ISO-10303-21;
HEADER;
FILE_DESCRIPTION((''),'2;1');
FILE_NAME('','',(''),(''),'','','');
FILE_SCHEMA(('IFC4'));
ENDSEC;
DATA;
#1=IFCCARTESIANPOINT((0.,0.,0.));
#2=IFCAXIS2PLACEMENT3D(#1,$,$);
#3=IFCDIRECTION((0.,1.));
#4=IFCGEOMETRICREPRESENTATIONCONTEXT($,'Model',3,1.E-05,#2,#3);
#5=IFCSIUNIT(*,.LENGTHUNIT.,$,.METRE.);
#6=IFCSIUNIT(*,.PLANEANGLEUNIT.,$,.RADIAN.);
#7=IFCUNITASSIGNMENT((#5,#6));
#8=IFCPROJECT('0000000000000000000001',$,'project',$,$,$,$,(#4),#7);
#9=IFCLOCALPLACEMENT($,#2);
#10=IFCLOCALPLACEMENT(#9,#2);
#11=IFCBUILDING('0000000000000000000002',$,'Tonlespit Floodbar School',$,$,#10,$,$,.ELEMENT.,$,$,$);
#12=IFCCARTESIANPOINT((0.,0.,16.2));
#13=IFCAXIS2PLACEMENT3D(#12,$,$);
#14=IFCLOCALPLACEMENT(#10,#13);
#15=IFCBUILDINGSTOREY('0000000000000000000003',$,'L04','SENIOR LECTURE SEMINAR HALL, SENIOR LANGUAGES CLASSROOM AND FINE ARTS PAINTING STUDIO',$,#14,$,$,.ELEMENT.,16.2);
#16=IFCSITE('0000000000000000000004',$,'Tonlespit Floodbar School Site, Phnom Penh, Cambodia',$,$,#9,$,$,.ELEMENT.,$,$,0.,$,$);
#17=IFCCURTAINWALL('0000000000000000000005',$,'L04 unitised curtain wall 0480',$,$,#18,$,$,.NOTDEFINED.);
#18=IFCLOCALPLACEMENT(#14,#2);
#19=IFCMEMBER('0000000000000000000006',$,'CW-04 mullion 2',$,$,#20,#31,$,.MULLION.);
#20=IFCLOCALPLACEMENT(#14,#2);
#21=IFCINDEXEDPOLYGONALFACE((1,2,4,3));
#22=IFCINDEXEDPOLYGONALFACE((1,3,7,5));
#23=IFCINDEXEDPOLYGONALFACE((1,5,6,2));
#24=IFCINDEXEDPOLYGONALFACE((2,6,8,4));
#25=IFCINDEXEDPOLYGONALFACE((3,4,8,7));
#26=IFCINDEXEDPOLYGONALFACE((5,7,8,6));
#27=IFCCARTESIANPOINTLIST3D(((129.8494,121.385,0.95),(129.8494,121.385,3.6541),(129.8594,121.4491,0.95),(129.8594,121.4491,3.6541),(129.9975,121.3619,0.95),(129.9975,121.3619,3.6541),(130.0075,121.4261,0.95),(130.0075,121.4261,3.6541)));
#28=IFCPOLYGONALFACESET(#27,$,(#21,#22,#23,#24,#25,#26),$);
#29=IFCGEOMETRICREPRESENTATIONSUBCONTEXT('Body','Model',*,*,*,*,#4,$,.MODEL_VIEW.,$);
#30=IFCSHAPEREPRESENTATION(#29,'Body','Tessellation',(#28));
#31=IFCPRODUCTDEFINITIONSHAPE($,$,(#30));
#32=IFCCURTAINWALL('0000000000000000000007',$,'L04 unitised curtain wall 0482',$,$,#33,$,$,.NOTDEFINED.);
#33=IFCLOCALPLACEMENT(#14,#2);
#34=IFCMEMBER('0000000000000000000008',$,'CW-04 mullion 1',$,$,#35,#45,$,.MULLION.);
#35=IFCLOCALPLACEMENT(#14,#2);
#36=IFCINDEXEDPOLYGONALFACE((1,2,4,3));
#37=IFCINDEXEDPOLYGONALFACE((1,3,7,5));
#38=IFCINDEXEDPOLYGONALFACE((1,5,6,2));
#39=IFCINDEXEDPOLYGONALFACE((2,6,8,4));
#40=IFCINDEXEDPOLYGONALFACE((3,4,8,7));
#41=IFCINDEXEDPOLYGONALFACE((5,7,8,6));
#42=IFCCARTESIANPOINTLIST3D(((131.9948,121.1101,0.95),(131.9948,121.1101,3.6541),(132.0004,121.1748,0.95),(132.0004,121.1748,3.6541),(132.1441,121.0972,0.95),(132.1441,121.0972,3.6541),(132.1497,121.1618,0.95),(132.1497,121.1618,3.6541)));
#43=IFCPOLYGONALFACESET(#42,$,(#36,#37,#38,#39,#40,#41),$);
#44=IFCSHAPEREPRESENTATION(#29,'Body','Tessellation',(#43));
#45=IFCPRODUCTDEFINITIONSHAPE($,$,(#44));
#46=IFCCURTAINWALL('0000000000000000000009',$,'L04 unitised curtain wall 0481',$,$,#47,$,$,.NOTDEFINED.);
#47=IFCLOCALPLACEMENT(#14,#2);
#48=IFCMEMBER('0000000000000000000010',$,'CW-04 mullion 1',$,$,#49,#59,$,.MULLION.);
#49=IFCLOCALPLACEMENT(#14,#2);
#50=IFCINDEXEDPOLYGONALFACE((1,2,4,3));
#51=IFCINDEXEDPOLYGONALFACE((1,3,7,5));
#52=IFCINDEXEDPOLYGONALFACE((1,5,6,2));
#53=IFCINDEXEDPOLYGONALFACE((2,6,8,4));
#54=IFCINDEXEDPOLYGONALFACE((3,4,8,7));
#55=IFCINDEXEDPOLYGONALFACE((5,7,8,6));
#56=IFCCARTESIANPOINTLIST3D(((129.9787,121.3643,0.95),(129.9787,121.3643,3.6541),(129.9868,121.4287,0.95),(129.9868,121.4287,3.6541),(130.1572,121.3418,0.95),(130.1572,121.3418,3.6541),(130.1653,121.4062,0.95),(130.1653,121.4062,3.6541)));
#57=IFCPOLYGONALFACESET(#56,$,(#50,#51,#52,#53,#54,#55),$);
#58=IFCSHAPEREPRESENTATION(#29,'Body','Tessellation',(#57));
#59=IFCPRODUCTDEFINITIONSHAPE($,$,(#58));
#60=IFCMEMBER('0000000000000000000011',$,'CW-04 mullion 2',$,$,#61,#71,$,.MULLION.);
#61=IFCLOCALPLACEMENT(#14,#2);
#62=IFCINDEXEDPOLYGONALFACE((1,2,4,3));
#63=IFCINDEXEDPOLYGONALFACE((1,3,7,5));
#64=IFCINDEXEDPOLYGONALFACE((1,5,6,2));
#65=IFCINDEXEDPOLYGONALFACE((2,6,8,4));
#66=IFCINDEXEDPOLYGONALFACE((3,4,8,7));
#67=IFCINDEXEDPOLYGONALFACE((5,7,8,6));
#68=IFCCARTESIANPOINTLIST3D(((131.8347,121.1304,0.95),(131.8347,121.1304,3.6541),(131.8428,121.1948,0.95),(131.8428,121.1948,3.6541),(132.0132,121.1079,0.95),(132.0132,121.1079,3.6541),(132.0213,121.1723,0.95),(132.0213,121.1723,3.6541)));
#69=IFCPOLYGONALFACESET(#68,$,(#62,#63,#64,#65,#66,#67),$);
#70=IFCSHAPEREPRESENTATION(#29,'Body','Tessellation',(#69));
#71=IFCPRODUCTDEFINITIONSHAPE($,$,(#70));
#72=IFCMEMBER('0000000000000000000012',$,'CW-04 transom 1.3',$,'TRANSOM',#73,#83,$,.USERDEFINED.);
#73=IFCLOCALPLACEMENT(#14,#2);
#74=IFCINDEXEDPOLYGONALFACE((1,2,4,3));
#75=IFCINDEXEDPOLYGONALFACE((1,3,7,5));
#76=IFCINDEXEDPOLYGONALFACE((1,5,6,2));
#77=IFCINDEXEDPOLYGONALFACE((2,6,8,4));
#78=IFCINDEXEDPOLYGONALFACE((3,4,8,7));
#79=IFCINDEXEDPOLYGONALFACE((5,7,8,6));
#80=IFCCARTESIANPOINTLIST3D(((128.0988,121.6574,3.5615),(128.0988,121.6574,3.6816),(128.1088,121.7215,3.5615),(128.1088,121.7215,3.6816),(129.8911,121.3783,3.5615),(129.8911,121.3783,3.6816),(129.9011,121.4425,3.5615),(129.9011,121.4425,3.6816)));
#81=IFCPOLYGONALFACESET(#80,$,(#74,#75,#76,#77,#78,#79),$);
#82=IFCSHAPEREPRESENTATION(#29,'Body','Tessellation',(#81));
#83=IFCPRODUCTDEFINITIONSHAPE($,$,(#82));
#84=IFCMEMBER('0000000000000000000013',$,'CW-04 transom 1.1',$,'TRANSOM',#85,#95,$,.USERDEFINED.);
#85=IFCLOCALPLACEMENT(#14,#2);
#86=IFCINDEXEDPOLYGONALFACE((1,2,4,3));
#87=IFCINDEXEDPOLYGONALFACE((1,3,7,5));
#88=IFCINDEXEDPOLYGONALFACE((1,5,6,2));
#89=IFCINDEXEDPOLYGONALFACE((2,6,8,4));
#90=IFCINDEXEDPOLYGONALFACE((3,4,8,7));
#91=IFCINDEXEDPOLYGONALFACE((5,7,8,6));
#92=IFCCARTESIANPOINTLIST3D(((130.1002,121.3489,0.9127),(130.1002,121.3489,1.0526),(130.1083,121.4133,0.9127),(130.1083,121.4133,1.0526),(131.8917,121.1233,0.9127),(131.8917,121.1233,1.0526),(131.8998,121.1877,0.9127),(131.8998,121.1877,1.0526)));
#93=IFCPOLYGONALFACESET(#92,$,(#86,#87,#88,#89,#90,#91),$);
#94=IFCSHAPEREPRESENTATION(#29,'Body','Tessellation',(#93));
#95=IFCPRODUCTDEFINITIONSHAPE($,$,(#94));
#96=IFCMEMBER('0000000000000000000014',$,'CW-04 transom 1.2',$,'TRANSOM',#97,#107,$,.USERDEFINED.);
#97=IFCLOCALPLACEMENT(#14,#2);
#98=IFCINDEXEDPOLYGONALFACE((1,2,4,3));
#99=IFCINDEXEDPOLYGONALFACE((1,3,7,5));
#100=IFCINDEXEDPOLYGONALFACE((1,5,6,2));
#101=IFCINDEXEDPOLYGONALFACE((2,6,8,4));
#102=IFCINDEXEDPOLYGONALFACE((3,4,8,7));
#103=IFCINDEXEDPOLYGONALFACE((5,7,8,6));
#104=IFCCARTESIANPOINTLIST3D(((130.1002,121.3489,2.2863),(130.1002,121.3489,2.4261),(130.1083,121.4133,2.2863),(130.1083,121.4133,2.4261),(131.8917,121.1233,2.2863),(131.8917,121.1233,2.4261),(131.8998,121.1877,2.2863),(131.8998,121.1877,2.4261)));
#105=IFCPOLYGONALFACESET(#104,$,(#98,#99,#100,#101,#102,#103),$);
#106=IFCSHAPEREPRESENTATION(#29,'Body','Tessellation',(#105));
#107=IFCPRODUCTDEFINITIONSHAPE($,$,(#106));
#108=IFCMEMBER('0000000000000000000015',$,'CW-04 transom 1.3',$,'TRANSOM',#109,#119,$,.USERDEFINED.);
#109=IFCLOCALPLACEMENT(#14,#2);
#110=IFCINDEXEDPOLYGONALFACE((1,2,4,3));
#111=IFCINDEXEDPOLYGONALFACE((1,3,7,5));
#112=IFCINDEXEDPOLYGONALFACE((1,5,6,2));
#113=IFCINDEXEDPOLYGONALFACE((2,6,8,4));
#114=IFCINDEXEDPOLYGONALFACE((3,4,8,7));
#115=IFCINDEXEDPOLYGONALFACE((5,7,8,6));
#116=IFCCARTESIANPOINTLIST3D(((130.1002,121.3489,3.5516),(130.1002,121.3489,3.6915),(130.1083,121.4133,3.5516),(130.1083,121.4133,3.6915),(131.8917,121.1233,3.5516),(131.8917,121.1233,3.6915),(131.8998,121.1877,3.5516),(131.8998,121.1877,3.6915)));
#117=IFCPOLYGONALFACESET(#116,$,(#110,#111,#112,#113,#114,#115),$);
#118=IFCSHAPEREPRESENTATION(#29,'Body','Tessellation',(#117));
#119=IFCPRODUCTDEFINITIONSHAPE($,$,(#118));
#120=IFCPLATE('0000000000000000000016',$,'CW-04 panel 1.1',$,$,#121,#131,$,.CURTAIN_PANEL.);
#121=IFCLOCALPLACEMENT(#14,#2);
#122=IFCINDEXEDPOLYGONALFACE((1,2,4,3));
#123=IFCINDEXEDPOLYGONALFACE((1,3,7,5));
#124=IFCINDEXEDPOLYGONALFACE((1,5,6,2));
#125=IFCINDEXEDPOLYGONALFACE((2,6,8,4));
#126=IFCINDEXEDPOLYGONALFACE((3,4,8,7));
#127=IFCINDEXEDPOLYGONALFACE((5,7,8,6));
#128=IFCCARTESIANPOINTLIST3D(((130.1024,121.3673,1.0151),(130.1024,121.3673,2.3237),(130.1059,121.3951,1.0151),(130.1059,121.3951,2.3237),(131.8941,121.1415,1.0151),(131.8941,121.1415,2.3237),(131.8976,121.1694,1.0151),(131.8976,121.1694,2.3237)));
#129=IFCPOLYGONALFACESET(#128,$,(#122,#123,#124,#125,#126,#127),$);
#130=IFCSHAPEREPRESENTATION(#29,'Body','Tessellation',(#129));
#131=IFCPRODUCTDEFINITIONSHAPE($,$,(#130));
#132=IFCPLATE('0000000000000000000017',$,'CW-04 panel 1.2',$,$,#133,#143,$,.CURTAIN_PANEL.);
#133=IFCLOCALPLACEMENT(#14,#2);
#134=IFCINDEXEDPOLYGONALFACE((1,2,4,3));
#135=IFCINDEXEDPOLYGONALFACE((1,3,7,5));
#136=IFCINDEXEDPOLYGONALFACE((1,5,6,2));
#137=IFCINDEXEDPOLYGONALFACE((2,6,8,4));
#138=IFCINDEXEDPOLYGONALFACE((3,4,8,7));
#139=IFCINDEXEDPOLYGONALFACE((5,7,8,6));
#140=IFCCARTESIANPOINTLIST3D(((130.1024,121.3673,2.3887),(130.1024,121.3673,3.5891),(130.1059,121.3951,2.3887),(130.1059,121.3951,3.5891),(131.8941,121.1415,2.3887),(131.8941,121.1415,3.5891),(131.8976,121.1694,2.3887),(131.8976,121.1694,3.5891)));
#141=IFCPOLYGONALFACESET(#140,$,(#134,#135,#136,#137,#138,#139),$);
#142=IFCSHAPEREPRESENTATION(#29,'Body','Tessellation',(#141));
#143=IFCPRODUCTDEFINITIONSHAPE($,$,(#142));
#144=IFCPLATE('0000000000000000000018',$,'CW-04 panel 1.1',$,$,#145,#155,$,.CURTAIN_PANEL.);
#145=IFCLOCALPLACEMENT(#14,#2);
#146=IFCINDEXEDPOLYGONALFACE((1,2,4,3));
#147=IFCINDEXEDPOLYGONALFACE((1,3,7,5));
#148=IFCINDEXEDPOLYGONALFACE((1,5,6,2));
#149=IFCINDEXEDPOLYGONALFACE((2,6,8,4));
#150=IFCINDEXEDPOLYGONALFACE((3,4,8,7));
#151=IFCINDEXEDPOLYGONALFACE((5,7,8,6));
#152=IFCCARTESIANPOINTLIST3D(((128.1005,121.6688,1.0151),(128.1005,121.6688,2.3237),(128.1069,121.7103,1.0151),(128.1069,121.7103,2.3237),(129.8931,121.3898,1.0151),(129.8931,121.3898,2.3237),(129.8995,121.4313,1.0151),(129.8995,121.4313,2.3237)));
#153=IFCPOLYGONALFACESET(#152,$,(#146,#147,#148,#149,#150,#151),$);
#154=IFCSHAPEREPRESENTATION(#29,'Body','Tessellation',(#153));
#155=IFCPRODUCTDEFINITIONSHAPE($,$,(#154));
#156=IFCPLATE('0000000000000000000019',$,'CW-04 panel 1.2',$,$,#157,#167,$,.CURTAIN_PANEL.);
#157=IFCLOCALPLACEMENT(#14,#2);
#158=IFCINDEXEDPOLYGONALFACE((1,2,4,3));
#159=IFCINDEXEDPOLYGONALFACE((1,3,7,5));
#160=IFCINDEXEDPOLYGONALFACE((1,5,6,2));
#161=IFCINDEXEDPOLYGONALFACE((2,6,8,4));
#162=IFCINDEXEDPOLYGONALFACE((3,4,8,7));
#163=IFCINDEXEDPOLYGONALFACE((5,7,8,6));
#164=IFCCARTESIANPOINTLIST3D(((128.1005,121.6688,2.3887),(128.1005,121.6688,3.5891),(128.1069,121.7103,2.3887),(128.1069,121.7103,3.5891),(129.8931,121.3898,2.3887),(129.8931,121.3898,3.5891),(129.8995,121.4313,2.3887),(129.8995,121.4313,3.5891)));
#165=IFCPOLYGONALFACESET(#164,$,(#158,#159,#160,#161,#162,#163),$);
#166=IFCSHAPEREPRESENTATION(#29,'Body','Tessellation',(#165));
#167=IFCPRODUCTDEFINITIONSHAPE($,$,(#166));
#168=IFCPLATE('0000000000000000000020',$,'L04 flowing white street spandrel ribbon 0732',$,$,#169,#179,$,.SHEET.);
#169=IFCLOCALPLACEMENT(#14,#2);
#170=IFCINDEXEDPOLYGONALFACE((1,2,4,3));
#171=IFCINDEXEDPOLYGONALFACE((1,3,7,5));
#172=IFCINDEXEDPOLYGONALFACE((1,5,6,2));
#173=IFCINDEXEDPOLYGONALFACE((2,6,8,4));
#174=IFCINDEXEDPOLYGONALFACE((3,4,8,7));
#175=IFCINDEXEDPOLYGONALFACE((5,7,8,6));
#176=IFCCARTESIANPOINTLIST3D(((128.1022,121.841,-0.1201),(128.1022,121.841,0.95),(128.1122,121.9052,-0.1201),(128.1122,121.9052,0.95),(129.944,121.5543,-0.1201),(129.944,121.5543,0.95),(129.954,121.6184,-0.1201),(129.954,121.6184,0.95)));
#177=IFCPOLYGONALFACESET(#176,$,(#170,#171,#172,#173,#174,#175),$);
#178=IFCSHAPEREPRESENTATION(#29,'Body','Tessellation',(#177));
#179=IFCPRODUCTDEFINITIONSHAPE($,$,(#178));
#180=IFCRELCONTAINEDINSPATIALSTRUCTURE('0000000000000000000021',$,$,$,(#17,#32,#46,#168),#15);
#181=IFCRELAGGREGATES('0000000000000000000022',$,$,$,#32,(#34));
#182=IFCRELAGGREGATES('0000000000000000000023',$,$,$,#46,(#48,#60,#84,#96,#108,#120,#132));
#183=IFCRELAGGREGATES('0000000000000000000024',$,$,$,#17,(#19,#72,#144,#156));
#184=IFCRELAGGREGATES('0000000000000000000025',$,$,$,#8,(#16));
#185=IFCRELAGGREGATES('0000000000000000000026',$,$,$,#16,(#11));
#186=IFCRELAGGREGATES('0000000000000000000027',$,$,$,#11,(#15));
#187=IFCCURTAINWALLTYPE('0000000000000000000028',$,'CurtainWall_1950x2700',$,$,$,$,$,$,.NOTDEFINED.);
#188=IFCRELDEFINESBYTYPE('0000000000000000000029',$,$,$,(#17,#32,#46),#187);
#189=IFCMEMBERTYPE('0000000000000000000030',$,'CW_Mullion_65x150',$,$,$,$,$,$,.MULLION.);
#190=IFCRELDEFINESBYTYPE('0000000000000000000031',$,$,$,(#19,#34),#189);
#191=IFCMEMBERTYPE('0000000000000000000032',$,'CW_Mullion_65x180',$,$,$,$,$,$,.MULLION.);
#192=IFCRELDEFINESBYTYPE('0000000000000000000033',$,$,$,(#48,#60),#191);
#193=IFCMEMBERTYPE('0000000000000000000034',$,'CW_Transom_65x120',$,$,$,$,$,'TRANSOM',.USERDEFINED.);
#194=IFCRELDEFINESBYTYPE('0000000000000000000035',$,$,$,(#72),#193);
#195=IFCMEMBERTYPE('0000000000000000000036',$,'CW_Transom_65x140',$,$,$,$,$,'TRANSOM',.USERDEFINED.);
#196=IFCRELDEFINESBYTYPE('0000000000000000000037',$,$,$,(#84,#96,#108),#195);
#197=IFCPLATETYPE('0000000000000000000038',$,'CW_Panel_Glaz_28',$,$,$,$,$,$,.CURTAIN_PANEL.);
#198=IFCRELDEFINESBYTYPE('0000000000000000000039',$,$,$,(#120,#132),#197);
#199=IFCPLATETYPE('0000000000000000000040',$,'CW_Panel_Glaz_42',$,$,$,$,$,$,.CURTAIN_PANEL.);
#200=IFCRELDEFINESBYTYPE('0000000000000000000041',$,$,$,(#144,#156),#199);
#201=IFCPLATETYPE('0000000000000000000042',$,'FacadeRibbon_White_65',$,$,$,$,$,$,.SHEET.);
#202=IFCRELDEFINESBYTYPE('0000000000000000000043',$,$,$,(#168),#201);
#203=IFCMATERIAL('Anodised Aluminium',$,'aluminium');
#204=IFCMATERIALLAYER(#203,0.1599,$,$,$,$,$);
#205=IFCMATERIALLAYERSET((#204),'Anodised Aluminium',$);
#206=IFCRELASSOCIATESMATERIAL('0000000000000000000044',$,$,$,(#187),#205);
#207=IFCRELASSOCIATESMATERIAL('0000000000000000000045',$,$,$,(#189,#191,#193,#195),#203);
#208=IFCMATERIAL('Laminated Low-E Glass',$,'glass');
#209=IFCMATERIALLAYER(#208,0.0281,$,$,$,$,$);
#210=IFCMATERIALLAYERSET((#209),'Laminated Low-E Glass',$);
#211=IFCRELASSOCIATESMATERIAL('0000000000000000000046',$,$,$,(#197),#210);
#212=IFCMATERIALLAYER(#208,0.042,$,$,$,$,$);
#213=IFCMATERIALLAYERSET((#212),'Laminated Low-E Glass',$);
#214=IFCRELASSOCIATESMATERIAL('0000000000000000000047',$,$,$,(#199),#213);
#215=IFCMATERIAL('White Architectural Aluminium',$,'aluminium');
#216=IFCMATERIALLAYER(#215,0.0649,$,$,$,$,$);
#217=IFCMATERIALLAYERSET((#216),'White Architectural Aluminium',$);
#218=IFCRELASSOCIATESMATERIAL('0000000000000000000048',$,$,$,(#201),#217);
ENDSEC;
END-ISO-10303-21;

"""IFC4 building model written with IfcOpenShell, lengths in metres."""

from ifc_helpers import new_model, si_unit, direction, frame, origin, origin_2d, place, context, subcontext, project, spatial, rectangle, extrude, material, layer, layer_set, material_profile, profile_set, type_object, element, aggregate, save


model = new_model("IFC4")

# Units and contexts
model_context = context("Model", 3, precision=1e-05, world=origin(), true_north=direction((0.0, 1.0)))
body_context = subcontext(model_context, "Body", "Model", "MODEL_VIEW")
ifc_project = project(units=[si_unit("LENGTHUNIT", "METRE"), si_unit("PLANEANGLEUNIT", "RADIAN")], contexts=[model_context])

# Site, building, storey
site_placement = place(None, origin())
site = spatial("IfcSite", under=ifc_project, at=site_placement, Name="Tonlespit Floodbar School Site, Phnom Penh, Cambodia", CompositionType="ELEMENT", RefElevation=0.0)
building_placement = place(site_placement, origin())
building = spatial("IfcBuilding", under=site, at=building_placement, Name="Tonlespit Floodbar School", CompositionType="ELEMENT")
storey_placement = place(building_placement, frame((0.0, 0.0, 16.2)))
storey = spatial("IfcBuildingStorey", under=building, at=storey_placement, Name="L04", Description="SENIOR LECTURE SEMINAR HALL, SENIOR LANGUAGES CLASSROOM AND FINE ARTS PAINTING STUDIO", CompositionType="ELEMENT", Elevation=16.2)

# Curtain walls, members
ifc_material_1 = material(Name="Anodised Aluminium", Category="aluminium")
ifc_layer_1 = layer(ifc_material_1, 0.1599)
ifc_layer_set_1 = layer_set([ifc_layer_1], Name="Anodised Aluminium")
curtain_wall_type = type_object("IfcCurtainWallType", Name="CurtainWall_1950x2700", PredefinedType="NOTDEFINED", material=ifc_layer_set_1)
curtain_wall_1_placement = place(storey_placement, origin())
curtain_wall_1 = element("IfcCurtainWall", 1, at=curtain_wall_1_placement, inside=storey, type_object=curtain_wall_type, Name="L04 unitised curtain wall 0480", PredefinedType="NOTDEFINED")
ifc_material_profile_1 = material_profile(ifc_material_1, rectangle(XDim=0.0649, YDim=0.1499, at=origin_2d()), Name="ALU M65x150")
ifc_profile_set_1 = profile_set([ifc_material_profile_1], Name="Anodised Aluminium")
member_type_1 = type_object("IfcMemberType", Name="CW_Mullion_65x150", PredefinedType="MULLION", material=ifc_profile_set_1)
member_1_placement = place(storey_placement, frame((129.9285, 121.4055, 0.95), z_axis=(0.0, 0.0, 1.0), x_axis=(0.153796, 0.988103, 0.0)))
member_1 = element("IfcMember", 2, at=member_1_placement, type_object=member_type_1, Name="CW-04 mullion 2", PredefinedType="MULLION", context=body_context, shape_type="SweptSolid", body=[
    extrude(rectangle(XDim=0.0649, YDim=0.1499, at=origin_2d()), origin(), (0.0, 0.0, 1.0), 2.7041),
])
curtain_wall_2_placement = place(storey_placement, origin())
curtain_wall_2 = element("IfcCurtainWall", 3, at=curtain_wall_2_placement, inside=storey, type_object=curtain_wall_type, Name="L04 unitised curtain wall 0482", PredefinedType="NOTDEFINED")
member_2_placement = place(storey_placement, frame((132.0723, 121.136, 0.95), z_axis=(0.0, 0.0, 1.0), x_axis=(0.086531, 0.996249, 0.0)))
member_2 = element("IfcMember", 4, at=member_2_placement, type_object=member_type_1, Name="CW-04 mullion 1", PredefinedType="MULLION", context=body_context, shape_type="SweptSolid", body=[
    extrude(rectangle(XDim=0.0649, YDim=0.1499, at=origin_2d()), origin(), (0.0, 0.0, 1.0), 2.7041),
])
aggregate(curtain_wall_2, [member_2])

# Curtain wall, members
curtain_wall_3_placement = place(storey_placement, origin())
curtain_wall_3 = element("IfcCurtainWall", 5, at=curtain_wall_3_placement, inside=storey, type_object=curtain_wall_type, Name="L04 unitised curtain wall 0481", PredefinedType="NOTDEFINED")
ifc_material_profile_2 = material_profile(ifc_material_1, rectangle(XDim=0.0649, YDim=0.1799, at=origin_2d()), Name="ALU M65x180")
ifc_profile_set_2 = profile_set([ifc_material_profile_2], Name="Anodised Aluminium")
member_type_2 = type_object("IfcMemberType", Name="CW_Mullion_65x180", PredefinedType="MULLION", material=ifc_profile_set_2)
member_3_placement = place(storey_placement, frame((130.072, 121.3853, 0.95), z_axis=(0.0, 0.0, 1.0), x_axis=(0.125014, 0.992155, 0.0)))
member_3 = element("IfcMember", 6, at=member_3_placement, type_object=member_type_2, Name="CW-04 mullion 1", PredefinedType="MULLION", context=body_context, shape_type="SweptSolid", body=[
    extrude(rectangle(XDim=0.0649, YDim=0.1799, at=origin_2d()), origin(), (0.0, 0.0, 1.0), 2.7041),
])
member_4_placement = place(storey_placement, frame((131.928, 121.1514, 0.95), z_axis=(0.0, 0.0, 1.0), x_axis=(0.125014, 0.992155, 0.0)))
member_4 = element("IfcMember", 7, at=member_4_placement, type_object=member_type_2, Name="CW-04 mullion 2", PredefinedType="MULLION", context=body_context, shape_type="SweptSolid", body=[
    extrude(rectangle(XDim=0.0649, YDim=0.1799, at=origin_2d()), origin(), (0.0, 0.0, 1.0), 2.7041),
])

# Members
ifc_material_profile_3 = material_profile(ifc_material_1, rectangle(XDim=0.0649, YDim=0.1201, at=origin_2d()), Name="ALU T65x120")
ifc_profile_set_3 = profile_set([ifc_material_profile_3], Name="Anodised Aluminium")
member_type_3 = type_object("IfcMemberType", Name="CW_Transom_65x120", ElementType="TRANSOM", PredefinedType="USERDEFINED", material=ifc_profile_set_3)
member_5_placement = place(storey_placement, frame((128.1038, 121.6895, 3.6216), z_axis=(0.988098, -0.153827, 0.0), x_axis=(0.153827, 0.988098, 0.0)))
member_5 = element("IfcMember", 8, at=member_5_placement, type_object=member_type_3, Name="CW-04 transom 1.3", ObjectType="TRANSOM", PredefinedType="USERDEFINED", context=body_context, shape_type="SweptSolid", body=[
    extrude(rectangle(XDim=0.0649, YDim=0.1201, at=origin_2d()), origin(), (0.0, 0.0, 1.0), 1.814),
])
ifc_material_profile_4 = material_profile(ifc_material_1, rectangle(XDim=0.0649, YDim=0.1399, at=origin_2d()), Name="ALU T65x140")
ifc_profile_set_4 = profile_set([ifc_material_profile_4], Name="Anodised Aluminium")
member_type_4 = type_object("IfcMemberType", Name="CW_Transom_65x140", ElementType="TRANSOM", PredefinedType="USERDEFINED", material=ifc_profile_set_4)
member_6_placement = place(storey_placement, frame((130.1042, 121.3811, 0.9827), z_axis=(0.992165, -0.124933, 0.0), x_axis=(0.124933, 0.992165, 0.0)))
member_6 = element("IfcMember", 9, at=member_6_placement, type_object=member_type_4, Name="CW-04 transom 1.1", ObjectType="TRANSOM", PredefinedType="USERDEFINED", context=body_context, shape_type="SweptSolid", body=[
    extrude(rectangle(XDim=0.0649, YDim=0.1399, at=origin_2d()), origin(), (0.0, 0.0, 1.0), 1.8057),
])
member_7_placement = place(storey_placement, frame((130.1042, 121.3811, 2.3562), z_axis=(0.992165, -0.124933, 0.0), x_axis=(0.124933, 0.992165, 0.0)))
member_7 = element("IfcMember", 10, at=member_7_placement, type_object=member_type_4, Name="CW-04 transom 1.2", ObjectType="TRANSOM", PredefinedType="USERDEFINED", context=body_context, shape_type="SweptSolid", body=[
    extrude(rectangle(XDim=0.0649, YDim=0.1399, at=origin_2d()), origin(), (0.0, 0.0, 1.0), 1.8057),
])
member_8_placement = place(storey_placement, frame((130.1042, 121.3811, 3.6216), z_axis=(0.992165, -0.124933, 0.0), x_axis=(0.124933, 0.992165, 0.0)))
member_8 = element("IfcMember", 11, at=member_8_placement, type_object=member_type_4, Name="CW-04 transom 1.3", ObjectType="TRANSOM", PredefinedType="USERDEFINED", context=body_context, shape_type="SweptSolid", body=[
    extrude(rectangle(XDim=0.0649, YDim=0.1399, at=origin_2d()), origin(), (0.0, 0.0, 1.0), 1.8057),
])

# Plates
ifc_material_2 = material(Name="Laminated Low-E Glass", Category="glass")
ifc_layer_2 = layer(ifc_material_2, 0.0281)
ifc_layer_set_2 = layer_set([ifc_layer_2], Name="Laminated Low-E Glass")
plate_type_1 = type_object("IfcPlateType", Name="CW_Panel_Glaz_28", PredefinedType="CURTAIN_PANEL", material=ifc_layer_set_2)
plate_1_placement = place(storey_placement, frame((131.0, 121.2683, 1.0151), z_axis=(0.0, 0.0, 1.0), x_axis=(0.992155, -0.125014, 0.0)))
plate_1 = element("IfcPlate", 12, at=plate_1_placement, type_object=plate_type_1, Name="CW-04 panel 1.1", PredefinedType="CURTAIN_PANEL", context=body_context, shape_type="SweptSolid", body=[
    extrude(rectangle(XDim=1.8059, YDim=0.0281, at=origin_2d()), origin(), (0.0, 0.0, 1.0), 1.3086),
])
plate_2_placement = place(storey_placement, frame((131.0, 121.2683, 2.3887), z_axis=(0.0, 0.0, 1.0), x_axis=(0.992155, -0.125014, 0.0)))
plate_2 = element("IfcPlate", 13, at=plate_2_placement, type_object=plate_type_1, Name="CW-04 panel 1.2", PredefinedType="CURTAIN_PANEL", context=body_context, shape_type="SweptSolid", body=[
    extrude(rectangle(XDim=1.8059, YDim=0.0281, at=origin_2d()), origin(), (0.0, 0.0, 1.0), 1.2004),
])
aggregate(curtain_wall_3, [member_3, member_4, member_6, member_7, member_8, plate_1, plate_2])
ifc_layer_3 = layer(ifc_material_2, 0.042)
ifc_layer_set_3 = layer_set([ifc_layer_3], Name="Laminated Low-E Glass")
plate_type_2 = type_object("IfcPlateType", Name="CW_Panel_Glaz_42", PredefinedType="CURTAIN_PANEL", material=ifc_layer_set_3)
plate_3_placement = place(storey_placement, frame((129.0, 121.55, 1.0151), z_axis=(0.0, 0.0, 1.0), x_axis=(0.988103, -0.153796, 0.0)))
plate_3 = element("IfcPlate", 14, at=plate_3_placement, type_object=plate_type_2, Name="CW-04 panel 1.1", PredefinedType="CURTAIN_PANEL", context=body_context, shape_type="SweptSolid", body=[
    extrude(rectangle(XDim=1.8142, YDim=0.042, at=origin_2d()), origin(), (0.0, 0.0, 1.0), 1.3086),
])
plate_4_placement = place(storey_placement, frame((129.0, 121.55, 2.3887), z_axis=(0.0, 0.0, 1.0), x_axis=(0.988103, -0.153796, 0.0)))
plate_4 = element("IfcPlate", 15, at=plate_4_placement, type_object=plate_type_2, Name="CW-04 panel 1.2", PredefinedType="CURTAIN_PANEL", context=body_context, shape_type="SweptSolid", body=[
    extrude(rectangle(XDim=1.8142, YDim=0.042, at=origin_2d()), origin(), (0.0, 0.0, 1.0), 1.2004),
])
aggregate(curtain_wall_1, [member_1, member_5, plate_3, plate_4])

# Plate
ifc_material_3 = material(Name="White Architectural Aluminium", Category="aluminium")
ifc_layer_4 = layer(ifc_material_3, 0.0649)
ifc_layer_set_4 = layer_set([ifc_layer_4], Name="White Architectural Aluminium")
plate_type_3 = type_object("IfcPlateType", Name="FacadeRibbon_White_65", PredefinedType="SHEET", material=ifc_layer_set_4)
plate_5_placement = place(storey_placement, frame((129.0281, 121.7297, -0.1201), z_axis=(0.0, 0.0, 1.0), x_axis=(0.988095, -0.153846, 0.0)))
element("IfcPlate", 16, at=plate_5_placement, inside=storey, type_object=plate_type_3, Name="L04 flowing white street spandrel ribbon 0732", PredefinedType="SHEET", context=body_context, shape_type="SweptSolid", body=[
    extrude(rectangle(XDim=1.864, YDim=0.0649, at=origin_2d()), origin(), (0.0, 0.0, 1.0), 1.0701),
])

save(model, "model.ifc")
